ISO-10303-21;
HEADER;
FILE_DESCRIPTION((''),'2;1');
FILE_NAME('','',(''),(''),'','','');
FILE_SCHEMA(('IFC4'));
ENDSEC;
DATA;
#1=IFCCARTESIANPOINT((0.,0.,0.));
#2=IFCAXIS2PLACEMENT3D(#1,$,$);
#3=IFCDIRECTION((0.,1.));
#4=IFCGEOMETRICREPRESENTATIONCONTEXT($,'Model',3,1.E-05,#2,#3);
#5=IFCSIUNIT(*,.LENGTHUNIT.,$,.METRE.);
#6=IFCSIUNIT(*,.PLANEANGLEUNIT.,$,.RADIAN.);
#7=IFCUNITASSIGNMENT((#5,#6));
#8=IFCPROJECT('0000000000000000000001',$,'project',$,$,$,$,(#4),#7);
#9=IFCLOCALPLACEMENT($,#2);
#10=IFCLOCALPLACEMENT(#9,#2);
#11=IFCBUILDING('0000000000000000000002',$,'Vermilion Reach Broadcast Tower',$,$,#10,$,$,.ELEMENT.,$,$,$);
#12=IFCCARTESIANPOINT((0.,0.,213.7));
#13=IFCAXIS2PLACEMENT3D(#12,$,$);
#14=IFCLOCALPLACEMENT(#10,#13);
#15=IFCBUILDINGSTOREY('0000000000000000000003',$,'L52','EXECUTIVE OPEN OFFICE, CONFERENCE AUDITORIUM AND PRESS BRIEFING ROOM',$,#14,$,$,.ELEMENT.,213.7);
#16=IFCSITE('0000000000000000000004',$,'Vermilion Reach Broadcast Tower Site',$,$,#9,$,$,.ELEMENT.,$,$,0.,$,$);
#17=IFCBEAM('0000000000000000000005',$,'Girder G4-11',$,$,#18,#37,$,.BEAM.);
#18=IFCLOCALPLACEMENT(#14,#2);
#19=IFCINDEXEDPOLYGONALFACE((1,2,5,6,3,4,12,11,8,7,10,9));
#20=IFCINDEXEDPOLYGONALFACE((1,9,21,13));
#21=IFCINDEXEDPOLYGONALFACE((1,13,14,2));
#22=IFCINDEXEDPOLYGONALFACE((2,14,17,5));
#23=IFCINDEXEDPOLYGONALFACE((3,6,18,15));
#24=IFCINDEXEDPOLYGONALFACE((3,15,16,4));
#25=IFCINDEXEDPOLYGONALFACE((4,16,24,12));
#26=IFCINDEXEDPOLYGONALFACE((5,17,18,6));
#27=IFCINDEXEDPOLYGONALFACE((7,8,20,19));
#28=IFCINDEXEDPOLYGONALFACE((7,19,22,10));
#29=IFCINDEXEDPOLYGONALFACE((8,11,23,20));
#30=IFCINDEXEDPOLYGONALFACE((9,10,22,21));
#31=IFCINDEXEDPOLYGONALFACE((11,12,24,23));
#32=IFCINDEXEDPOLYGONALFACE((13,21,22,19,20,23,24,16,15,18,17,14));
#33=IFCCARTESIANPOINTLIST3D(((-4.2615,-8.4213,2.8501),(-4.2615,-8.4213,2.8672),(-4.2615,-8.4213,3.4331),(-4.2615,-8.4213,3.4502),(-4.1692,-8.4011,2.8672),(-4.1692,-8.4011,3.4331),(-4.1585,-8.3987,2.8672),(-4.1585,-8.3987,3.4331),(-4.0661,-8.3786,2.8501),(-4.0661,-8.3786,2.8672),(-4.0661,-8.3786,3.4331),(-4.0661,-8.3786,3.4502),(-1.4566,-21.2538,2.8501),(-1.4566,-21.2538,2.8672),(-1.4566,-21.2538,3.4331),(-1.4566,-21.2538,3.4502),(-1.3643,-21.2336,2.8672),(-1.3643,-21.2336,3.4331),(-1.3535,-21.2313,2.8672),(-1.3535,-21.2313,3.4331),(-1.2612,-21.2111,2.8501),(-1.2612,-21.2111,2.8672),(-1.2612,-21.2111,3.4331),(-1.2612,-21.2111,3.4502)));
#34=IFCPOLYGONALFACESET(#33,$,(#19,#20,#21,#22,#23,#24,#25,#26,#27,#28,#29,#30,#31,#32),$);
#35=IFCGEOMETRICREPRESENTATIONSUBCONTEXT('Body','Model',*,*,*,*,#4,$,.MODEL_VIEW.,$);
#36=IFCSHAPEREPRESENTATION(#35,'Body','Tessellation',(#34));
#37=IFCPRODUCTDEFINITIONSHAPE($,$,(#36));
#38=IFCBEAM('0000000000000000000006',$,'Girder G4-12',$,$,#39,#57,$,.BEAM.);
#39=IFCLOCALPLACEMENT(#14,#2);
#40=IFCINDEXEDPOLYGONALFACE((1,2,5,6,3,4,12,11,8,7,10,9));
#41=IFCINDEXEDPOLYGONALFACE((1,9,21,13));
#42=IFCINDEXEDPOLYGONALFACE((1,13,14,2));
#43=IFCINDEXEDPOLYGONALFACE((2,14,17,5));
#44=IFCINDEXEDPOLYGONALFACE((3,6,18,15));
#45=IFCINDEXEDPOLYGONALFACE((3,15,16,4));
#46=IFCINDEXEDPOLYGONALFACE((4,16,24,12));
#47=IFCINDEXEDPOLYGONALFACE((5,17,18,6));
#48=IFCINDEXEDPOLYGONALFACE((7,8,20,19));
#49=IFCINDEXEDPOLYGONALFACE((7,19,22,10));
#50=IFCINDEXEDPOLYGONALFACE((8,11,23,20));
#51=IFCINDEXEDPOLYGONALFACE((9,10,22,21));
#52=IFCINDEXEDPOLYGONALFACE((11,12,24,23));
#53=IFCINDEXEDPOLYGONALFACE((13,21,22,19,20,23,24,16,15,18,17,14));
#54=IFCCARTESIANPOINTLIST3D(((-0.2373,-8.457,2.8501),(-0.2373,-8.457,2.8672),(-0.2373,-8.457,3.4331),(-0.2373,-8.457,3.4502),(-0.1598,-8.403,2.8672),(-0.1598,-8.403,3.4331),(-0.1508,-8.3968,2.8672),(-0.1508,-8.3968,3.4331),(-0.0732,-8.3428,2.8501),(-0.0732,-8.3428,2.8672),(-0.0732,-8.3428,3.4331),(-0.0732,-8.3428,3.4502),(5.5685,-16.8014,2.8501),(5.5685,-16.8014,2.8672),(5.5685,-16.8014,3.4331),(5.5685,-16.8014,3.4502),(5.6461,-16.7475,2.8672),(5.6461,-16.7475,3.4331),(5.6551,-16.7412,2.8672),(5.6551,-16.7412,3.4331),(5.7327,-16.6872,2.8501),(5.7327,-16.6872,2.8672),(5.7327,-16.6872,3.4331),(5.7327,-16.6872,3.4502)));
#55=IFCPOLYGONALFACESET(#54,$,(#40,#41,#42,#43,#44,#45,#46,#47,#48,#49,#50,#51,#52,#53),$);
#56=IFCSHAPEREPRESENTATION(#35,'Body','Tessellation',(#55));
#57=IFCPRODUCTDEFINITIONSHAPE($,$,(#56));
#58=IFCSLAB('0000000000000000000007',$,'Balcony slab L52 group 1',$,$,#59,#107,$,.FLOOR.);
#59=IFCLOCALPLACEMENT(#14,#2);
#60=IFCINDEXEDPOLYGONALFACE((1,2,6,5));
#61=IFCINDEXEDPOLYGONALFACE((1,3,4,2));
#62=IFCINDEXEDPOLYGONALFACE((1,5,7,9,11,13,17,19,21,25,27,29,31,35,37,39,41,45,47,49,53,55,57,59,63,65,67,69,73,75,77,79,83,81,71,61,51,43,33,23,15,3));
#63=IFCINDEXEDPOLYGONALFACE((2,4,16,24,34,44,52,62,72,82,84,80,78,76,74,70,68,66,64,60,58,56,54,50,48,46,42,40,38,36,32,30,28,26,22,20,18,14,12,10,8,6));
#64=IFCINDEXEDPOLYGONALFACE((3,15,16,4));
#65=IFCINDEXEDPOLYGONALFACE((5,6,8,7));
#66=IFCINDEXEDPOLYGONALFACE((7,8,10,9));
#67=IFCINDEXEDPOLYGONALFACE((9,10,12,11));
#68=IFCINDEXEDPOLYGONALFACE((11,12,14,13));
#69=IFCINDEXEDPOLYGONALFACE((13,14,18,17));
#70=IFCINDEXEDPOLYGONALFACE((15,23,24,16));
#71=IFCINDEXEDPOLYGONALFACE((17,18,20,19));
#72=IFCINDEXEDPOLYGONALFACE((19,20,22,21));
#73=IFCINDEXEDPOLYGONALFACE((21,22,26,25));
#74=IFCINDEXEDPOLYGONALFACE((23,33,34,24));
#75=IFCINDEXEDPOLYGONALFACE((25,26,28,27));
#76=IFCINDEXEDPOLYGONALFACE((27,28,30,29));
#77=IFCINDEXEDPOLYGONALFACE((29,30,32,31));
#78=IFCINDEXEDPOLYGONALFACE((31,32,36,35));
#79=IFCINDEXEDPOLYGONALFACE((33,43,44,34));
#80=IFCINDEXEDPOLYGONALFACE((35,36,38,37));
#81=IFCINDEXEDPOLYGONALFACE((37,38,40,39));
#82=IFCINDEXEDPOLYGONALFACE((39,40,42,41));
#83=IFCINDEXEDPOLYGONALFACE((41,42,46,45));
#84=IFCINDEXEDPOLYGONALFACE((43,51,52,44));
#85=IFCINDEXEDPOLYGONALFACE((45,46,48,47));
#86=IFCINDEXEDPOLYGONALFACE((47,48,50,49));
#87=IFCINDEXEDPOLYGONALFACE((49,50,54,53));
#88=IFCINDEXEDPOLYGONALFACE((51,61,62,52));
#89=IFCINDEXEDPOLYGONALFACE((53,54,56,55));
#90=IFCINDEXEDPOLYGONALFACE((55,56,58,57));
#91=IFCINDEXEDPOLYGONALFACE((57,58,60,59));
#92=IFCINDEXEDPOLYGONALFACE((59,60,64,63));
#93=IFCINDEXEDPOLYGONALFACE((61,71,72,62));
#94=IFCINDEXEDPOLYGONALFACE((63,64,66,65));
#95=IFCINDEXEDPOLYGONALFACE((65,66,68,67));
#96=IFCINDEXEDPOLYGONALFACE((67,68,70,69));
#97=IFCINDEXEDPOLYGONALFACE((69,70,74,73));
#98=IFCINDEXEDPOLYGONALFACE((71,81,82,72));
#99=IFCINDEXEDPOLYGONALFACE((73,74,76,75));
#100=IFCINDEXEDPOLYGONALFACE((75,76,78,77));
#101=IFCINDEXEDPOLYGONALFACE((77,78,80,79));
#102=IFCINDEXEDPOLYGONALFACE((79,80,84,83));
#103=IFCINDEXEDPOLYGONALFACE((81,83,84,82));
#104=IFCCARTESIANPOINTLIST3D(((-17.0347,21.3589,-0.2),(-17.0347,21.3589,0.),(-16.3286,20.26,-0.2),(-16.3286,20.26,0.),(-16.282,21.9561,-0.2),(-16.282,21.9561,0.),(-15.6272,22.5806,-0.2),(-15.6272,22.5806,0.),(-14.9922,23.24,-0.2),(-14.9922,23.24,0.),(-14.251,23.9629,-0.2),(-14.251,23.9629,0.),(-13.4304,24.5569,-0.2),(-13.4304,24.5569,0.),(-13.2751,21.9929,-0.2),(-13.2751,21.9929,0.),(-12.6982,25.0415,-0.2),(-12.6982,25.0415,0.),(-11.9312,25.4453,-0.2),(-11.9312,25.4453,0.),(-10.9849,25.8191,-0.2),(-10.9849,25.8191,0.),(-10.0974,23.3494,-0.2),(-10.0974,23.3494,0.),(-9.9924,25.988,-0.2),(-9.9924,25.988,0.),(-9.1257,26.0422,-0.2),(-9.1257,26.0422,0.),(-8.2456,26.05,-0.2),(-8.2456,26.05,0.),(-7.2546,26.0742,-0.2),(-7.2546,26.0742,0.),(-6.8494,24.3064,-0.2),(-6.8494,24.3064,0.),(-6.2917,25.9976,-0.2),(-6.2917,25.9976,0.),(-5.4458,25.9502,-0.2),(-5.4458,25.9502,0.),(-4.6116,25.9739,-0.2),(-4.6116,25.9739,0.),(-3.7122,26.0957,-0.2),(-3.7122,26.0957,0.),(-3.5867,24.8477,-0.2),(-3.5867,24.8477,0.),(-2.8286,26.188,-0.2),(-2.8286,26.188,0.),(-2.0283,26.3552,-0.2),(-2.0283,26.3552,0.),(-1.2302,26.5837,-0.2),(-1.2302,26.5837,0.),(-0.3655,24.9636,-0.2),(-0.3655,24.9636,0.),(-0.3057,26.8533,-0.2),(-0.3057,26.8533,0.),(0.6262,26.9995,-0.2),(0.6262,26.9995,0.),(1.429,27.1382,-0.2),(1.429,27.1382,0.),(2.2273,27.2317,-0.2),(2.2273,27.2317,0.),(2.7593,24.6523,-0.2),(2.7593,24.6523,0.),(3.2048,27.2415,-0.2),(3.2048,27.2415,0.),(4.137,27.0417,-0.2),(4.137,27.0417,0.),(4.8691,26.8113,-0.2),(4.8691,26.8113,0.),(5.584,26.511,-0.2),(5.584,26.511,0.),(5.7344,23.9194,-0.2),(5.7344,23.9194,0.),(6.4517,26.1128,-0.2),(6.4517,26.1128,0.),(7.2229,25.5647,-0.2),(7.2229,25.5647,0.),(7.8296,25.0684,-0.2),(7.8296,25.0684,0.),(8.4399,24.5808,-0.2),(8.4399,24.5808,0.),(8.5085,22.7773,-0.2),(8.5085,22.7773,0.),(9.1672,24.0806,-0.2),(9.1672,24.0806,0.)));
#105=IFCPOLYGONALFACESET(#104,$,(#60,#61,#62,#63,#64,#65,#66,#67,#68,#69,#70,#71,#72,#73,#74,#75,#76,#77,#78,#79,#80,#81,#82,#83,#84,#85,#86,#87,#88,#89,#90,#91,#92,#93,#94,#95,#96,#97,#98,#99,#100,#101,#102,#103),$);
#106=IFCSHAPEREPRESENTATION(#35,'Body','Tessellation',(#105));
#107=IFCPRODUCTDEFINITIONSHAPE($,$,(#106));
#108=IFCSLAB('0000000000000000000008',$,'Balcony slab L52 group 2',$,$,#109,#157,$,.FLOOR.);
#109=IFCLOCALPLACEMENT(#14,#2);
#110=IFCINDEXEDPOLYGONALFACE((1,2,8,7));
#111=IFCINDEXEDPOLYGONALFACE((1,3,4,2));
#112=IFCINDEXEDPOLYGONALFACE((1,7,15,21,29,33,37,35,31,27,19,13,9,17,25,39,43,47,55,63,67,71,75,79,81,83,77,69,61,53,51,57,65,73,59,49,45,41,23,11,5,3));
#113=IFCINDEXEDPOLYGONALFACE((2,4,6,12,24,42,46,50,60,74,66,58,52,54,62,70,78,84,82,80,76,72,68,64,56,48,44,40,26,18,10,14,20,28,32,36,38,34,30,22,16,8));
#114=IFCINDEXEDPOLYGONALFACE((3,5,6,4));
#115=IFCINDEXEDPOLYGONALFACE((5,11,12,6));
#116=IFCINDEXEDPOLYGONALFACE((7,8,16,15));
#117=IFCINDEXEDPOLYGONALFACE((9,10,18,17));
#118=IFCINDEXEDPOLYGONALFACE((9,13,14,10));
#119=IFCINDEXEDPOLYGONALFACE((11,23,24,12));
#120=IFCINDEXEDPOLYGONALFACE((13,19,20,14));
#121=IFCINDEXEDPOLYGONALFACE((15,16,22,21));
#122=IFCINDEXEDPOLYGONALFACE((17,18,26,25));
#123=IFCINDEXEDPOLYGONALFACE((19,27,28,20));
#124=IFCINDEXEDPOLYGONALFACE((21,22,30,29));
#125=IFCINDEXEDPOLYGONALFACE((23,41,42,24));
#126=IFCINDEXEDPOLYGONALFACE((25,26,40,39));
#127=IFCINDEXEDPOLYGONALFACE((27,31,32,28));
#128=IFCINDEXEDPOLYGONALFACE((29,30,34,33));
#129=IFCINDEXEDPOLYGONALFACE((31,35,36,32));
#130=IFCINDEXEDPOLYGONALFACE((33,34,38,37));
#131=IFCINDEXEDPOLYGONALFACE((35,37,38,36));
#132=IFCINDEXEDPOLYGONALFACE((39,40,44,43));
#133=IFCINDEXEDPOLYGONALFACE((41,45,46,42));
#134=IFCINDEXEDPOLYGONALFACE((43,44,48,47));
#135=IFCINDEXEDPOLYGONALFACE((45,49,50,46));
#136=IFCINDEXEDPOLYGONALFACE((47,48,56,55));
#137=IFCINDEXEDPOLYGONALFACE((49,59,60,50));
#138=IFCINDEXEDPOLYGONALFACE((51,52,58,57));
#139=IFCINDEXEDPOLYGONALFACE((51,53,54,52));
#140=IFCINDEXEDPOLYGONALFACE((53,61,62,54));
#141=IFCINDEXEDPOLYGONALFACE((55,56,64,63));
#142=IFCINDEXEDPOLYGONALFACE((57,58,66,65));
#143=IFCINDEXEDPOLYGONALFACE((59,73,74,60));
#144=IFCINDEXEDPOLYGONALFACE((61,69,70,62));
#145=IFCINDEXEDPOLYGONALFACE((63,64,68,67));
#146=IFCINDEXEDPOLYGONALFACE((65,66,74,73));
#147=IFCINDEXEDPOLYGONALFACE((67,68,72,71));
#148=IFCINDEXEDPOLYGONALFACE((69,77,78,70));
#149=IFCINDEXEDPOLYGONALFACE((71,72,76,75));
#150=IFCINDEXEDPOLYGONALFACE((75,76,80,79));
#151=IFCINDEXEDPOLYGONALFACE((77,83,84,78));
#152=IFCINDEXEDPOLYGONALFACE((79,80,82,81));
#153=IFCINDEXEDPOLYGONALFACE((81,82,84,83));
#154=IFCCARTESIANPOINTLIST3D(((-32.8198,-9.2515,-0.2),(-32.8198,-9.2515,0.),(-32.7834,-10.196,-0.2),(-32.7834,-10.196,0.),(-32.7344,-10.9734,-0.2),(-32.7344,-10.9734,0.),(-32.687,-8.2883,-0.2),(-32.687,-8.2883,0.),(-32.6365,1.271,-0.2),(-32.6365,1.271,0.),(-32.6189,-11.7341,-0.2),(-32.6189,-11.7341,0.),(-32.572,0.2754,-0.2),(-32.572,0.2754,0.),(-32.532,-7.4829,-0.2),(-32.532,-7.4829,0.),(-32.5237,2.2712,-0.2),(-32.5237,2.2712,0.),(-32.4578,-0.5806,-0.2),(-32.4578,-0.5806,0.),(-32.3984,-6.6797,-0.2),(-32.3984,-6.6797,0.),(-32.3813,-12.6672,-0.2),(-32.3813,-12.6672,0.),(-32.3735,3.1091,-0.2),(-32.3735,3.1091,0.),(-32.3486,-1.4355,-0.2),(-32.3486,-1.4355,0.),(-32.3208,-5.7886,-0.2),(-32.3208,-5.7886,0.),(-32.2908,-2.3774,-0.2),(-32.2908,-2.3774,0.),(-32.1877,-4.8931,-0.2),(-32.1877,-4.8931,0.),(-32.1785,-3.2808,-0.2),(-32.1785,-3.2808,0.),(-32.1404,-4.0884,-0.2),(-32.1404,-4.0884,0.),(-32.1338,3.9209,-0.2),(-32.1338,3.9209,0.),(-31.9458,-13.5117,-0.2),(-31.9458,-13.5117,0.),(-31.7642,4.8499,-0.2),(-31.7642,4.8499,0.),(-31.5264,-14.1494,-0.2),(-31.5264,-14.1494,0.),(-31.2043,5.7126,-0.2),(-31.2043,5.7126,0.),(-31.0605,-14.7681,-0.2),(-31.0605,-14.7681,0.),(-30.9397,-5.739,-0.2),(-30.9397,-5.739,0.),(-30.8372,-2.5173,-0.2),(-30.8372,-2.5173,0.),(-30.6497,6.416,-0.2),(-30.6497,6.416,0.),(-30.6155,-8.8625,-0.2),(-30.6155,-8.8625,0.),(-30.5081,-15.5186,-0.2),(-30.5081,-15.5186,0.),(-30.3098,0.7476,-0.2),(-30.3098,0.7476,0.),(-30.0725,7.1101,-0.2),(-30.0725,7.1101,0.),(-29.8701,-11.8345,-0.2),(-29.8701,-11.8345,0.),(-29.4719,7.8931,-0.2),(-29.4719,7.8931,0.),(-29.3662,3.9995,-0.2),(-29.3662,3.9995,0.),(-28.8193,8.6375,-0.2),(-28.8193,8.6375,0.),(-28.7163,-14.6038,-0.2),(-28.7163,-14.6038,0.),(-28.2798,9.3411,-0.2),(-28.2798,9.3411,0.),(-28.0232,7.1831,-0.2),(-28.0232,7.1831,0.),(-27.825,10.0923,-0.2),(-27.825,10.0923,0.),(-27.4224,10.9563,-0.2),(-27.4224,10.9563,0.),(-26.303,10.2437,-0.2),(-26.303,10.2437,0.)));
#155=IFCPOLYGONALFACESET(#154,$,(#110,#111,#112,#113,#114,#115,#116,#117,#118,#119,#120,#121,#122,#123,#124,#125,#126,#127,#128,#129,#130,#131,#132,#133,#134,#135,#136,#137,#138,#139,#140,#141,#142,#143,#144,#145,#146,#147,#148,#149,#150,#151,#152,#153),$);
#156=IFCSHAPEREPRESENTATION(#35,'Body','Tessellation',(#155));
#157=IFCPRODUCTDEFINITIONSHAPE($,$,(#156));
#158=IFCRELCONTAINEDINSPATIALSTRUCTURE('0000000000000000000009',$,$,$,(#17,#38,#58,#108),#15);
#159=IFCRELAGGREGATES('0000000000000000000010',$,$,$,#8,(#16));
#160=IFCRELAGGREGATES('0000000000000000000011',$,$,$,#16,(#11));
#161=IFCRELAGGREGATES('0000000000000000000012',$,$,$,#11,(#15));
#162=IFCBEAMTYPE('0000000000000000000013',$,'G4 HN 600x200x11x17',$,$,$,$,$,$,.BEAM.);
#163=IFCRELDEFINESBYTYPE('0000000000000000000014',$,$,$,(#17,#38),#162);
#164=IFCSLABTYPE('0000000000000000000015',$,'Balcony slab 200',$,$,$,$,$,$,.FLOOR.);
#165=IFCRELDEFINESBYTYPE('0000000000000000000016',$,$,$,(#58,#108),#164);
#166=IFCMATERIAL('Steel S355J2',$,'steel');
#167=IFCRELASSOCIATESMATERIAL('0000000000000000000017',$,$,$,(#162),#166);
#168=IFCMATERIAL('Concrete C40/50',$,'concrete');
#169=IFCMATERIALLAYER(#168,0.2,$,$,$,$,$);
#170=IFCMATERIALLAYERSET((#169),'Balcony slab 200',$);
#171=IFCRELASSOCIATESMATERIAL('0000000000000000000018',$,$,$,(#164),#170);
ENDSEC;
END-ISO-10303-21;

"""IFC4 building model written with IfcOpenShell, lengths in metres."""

from ifc_helpers import new_model, si_unit, direction, frame, origin, origin_2d, place, context, subcontext, project, spatial, polyline, i_section, outline, extrude, material, layer, layer_set, material_profile, profile_set, type_object, element, save


model = new_model("IFC4")

# Units and contexts
model_context = context("Model", 3, precision=1e-05, world=origin(), true_north=direction((0.0, 1.0)))
body_context = subcontext(model_context, "Body", "Model", "MODEL_VIEW")
ifc_project = project(units=[si_unit("LENGTHUNIT", "METRE"), si_unit("PLANEANGLEUNIT", "RADIAN")], contexts=[model_context])

# Site, building, storey
site_placement = place(None, origin())
site = spatial("IfcSite", under=ifc_project, at=site_placement, Name="Vermilion Reach Broadcast Tower Site", CompositionType="ELEMENT", RefElevation=0.0)
building_placement = place(site_placement, origin())
building = spatial("IfcBuilding", under=site, at=building_placement, Name="Vermilion Reach Broadcast Tower", CompositionType="ELEMENT")
storey_placement = place(building_placement, frame((0.0, 0.0, 213.7)))
storey = spatial("IfcBuildingStorey", under=building, at=storey_placement, Name="L52", Description="EXECUTIVE OPEN OFFICE, CONFERENCE AUDITORIUM AND PRESS BRIEFING ROOM", CompositionType="ELEMENT", Elevation=213.7)

# Beams
ifc_material_1 = material(Name="Steel S355J2", Category="steel")
ifc_material_profile = material_profile(ifc_material_1, i_section(OverallWidth=0.2, OverallDepth=0.6001, WebThickness=0.011, FlangeThickness=0.0171, at=origin_2d()), Name="S355J2 HN 600x200x11x17")
ifc_profile_set = profile_set([ifc_material_profile], Name="Steel S355J2")
beam_type = type_object("IfcBeamType", Name="G4 HN 600x200x11x17", PredefinedType="BEAM", material=ifc_profile_set)
beam_1_placement = place(storey_placement, frame((-4.1638, -8.3999, 3.1501), z_axis=(0.213538, -0.976935, 0.0), x_axis=(0.976935, 0.213538, 0.0)))
element("IfcBeam", 1, at=beam_1_placement, inside=storey, type_object=beam_type, Name="Girder G4-11", PredefinedType="BEAM", context=body_context, shape_type="SweptSolid", body=[
    extrude(i_section(OverallWidth=0.2, OverallDepth=0.6001, WebThickness=0.011, FlangeThickness=0.0171, at=origin_2d()), origin(), (0.0, 0.0, 1.0), 13.1355),
])
beam_2_placement = place(storey_placement, frame((-0.1553, -8.3999, 3.1501), z_axis=(0.571134, -0.820857, 0.0), x_axis=(0.820857, 0.571134, 0.0)))
element("IfcBeam", 2, at=beam_2_placement, inside=storey, type_object=beam_type, Name="Girder G4-12", PredefinedType="BEAM", context=body_context, shape_type="SweptSolid", body=[
    extrude(i_section(OverallWidth=0.2, OverallDepth=0.6001, WebThickness=0.011, FlangeThickness=0.0171, at=origin_2d()), origin(), (0.0, 0.0, 1.0), 10.1655),
])

# Slabs
ifc_material_2 = material(Name="Concrete C40/50", Category="concrete")
ifc_layer_1 = layer(ifc_material_2, 0.2)
ifc_layer_set_1 = layer_set([ifc_layer_1], Name="Balcony slab 200")
slab_type_1 = type_object("IfcSlabType", Name="Balcony slab 200", PredefinedType="FLOOR", material=ifc_layer_set_1)
placement_1 = place(storey_placement, frame((0.0, 0.0, -0.2)))
element("IfcSlab", 3, at=placement_1, inside=storey, type_object=slab_type_1, Name="Balcony slab L52 group 1", PredefinedType="FLOOR", context=body_context, shape_type="SweptSolid", body=[
    extrude(outline(polyline([(8.5085, 22.7773), (5.7344, 23.9194), (2.7593, 24.6523), (-0.3655, 24.9636), (-3.5867, 24.8477), (-6.8494, 24.3064), (-10.0974, 23.3494), (-13.2751, 21.9929), (-16.3286, 20.26), (-17.0347, 21.3589), (-16.282, 21.9561), (-15.6272, 22.5806), (-14.9922, 23.24), (-14.251, 23.9629), (-13.4304, 24.5569), (-12.6982, 25.0415), (-11.9312, 25.4453), (-10.9849, 25.8191), (-9.9924, 25.988), (-9.1257, 26.0422), (-8.2456, 26.05), (-7.2546, 26.0742), (-6.2917, 25.9976), (-5.4458, 25.9502), (-4.6116, 25.9739), (-3.7122, 26.0957), (-2.8286, 26.188), (-2.0283, 26.3552), (-1.2302, 26.5837), (-0.3057, 26.8533), (0.6262, 26.9995), (1.429, 27.1382), (2.2273, 27.2317), (3.2048, 27.2415), (4.137, 27.0417), (4.8691, 26.8113), (5.584, 26.511), (6.4517, 26.1128), (7.2229, 25.5647), (7.8296, 25.0684), (8.4399, 24.5808), (9.1672, 24.0806), (8.5085, 22.7773)])), origin(), (0.0, 0.0, 1.0), 0.2),
])
element("IfcSlab", 4, at=placement_1, inside=storey, type_object=slab_type_1, Name="Balcony slab L52 group 2", PredefinedType="FLOOR", context=body_context, shape_type="SweptSolid", body=[
    extrude(outline(polyline([(-26.303, 10.2437), (-28.0232, 7.1831), (-29.3662, 3.9995), (-30.3098, 0.7476), (-30.8372, -2.5173), (-30.9397, -5.739), (-30.6155, -8.8625), (-29.8701, -11.8345), (-28.7163, -14.6038), (-30.5081, -15.5186), (-31.0605, -14.7681), (-31.5264, -14.1494), (-31.9458, -13.5117), (-32.3813, -12.6672), (-32.6189, -11.7341), (-32.7344, -10.9734), (-32.7834, -10.196), (-32.8198, -9.2515), (-32.687, -8.2883), (-32.532, -7.4829), (-32.3984, -6.6797), (-32.3208, -5.7886), (-32.1877, -4.8931), (-32.1404, -4.0884), (-32.1785, -3.2808), (-32.2908, -2.3774), (-32.3486, -1.4355), (-32.4578, -0.5806), (-32.572, 0.2754), (-32.6365, 1.271), (-32.5237, 2.2712), (-32.3735, 3.1091), (-32.1338, 3.9209), (-31.7642, 4.8499), (-31.2043, 5.7126), (-30.6497, 6.416), (-30.0725, 7.1101), (-29.4719, 7.8931), (-28.8193, 8.6375), (-28.2798, 9.3411), (-27.825, 10.0923), (-27.4224, 10.9563), (-26.303, 10.2437)])), origin(), (0.0, 0.0, 1.0), 0.2),
])

save(model, "model.ifc")
